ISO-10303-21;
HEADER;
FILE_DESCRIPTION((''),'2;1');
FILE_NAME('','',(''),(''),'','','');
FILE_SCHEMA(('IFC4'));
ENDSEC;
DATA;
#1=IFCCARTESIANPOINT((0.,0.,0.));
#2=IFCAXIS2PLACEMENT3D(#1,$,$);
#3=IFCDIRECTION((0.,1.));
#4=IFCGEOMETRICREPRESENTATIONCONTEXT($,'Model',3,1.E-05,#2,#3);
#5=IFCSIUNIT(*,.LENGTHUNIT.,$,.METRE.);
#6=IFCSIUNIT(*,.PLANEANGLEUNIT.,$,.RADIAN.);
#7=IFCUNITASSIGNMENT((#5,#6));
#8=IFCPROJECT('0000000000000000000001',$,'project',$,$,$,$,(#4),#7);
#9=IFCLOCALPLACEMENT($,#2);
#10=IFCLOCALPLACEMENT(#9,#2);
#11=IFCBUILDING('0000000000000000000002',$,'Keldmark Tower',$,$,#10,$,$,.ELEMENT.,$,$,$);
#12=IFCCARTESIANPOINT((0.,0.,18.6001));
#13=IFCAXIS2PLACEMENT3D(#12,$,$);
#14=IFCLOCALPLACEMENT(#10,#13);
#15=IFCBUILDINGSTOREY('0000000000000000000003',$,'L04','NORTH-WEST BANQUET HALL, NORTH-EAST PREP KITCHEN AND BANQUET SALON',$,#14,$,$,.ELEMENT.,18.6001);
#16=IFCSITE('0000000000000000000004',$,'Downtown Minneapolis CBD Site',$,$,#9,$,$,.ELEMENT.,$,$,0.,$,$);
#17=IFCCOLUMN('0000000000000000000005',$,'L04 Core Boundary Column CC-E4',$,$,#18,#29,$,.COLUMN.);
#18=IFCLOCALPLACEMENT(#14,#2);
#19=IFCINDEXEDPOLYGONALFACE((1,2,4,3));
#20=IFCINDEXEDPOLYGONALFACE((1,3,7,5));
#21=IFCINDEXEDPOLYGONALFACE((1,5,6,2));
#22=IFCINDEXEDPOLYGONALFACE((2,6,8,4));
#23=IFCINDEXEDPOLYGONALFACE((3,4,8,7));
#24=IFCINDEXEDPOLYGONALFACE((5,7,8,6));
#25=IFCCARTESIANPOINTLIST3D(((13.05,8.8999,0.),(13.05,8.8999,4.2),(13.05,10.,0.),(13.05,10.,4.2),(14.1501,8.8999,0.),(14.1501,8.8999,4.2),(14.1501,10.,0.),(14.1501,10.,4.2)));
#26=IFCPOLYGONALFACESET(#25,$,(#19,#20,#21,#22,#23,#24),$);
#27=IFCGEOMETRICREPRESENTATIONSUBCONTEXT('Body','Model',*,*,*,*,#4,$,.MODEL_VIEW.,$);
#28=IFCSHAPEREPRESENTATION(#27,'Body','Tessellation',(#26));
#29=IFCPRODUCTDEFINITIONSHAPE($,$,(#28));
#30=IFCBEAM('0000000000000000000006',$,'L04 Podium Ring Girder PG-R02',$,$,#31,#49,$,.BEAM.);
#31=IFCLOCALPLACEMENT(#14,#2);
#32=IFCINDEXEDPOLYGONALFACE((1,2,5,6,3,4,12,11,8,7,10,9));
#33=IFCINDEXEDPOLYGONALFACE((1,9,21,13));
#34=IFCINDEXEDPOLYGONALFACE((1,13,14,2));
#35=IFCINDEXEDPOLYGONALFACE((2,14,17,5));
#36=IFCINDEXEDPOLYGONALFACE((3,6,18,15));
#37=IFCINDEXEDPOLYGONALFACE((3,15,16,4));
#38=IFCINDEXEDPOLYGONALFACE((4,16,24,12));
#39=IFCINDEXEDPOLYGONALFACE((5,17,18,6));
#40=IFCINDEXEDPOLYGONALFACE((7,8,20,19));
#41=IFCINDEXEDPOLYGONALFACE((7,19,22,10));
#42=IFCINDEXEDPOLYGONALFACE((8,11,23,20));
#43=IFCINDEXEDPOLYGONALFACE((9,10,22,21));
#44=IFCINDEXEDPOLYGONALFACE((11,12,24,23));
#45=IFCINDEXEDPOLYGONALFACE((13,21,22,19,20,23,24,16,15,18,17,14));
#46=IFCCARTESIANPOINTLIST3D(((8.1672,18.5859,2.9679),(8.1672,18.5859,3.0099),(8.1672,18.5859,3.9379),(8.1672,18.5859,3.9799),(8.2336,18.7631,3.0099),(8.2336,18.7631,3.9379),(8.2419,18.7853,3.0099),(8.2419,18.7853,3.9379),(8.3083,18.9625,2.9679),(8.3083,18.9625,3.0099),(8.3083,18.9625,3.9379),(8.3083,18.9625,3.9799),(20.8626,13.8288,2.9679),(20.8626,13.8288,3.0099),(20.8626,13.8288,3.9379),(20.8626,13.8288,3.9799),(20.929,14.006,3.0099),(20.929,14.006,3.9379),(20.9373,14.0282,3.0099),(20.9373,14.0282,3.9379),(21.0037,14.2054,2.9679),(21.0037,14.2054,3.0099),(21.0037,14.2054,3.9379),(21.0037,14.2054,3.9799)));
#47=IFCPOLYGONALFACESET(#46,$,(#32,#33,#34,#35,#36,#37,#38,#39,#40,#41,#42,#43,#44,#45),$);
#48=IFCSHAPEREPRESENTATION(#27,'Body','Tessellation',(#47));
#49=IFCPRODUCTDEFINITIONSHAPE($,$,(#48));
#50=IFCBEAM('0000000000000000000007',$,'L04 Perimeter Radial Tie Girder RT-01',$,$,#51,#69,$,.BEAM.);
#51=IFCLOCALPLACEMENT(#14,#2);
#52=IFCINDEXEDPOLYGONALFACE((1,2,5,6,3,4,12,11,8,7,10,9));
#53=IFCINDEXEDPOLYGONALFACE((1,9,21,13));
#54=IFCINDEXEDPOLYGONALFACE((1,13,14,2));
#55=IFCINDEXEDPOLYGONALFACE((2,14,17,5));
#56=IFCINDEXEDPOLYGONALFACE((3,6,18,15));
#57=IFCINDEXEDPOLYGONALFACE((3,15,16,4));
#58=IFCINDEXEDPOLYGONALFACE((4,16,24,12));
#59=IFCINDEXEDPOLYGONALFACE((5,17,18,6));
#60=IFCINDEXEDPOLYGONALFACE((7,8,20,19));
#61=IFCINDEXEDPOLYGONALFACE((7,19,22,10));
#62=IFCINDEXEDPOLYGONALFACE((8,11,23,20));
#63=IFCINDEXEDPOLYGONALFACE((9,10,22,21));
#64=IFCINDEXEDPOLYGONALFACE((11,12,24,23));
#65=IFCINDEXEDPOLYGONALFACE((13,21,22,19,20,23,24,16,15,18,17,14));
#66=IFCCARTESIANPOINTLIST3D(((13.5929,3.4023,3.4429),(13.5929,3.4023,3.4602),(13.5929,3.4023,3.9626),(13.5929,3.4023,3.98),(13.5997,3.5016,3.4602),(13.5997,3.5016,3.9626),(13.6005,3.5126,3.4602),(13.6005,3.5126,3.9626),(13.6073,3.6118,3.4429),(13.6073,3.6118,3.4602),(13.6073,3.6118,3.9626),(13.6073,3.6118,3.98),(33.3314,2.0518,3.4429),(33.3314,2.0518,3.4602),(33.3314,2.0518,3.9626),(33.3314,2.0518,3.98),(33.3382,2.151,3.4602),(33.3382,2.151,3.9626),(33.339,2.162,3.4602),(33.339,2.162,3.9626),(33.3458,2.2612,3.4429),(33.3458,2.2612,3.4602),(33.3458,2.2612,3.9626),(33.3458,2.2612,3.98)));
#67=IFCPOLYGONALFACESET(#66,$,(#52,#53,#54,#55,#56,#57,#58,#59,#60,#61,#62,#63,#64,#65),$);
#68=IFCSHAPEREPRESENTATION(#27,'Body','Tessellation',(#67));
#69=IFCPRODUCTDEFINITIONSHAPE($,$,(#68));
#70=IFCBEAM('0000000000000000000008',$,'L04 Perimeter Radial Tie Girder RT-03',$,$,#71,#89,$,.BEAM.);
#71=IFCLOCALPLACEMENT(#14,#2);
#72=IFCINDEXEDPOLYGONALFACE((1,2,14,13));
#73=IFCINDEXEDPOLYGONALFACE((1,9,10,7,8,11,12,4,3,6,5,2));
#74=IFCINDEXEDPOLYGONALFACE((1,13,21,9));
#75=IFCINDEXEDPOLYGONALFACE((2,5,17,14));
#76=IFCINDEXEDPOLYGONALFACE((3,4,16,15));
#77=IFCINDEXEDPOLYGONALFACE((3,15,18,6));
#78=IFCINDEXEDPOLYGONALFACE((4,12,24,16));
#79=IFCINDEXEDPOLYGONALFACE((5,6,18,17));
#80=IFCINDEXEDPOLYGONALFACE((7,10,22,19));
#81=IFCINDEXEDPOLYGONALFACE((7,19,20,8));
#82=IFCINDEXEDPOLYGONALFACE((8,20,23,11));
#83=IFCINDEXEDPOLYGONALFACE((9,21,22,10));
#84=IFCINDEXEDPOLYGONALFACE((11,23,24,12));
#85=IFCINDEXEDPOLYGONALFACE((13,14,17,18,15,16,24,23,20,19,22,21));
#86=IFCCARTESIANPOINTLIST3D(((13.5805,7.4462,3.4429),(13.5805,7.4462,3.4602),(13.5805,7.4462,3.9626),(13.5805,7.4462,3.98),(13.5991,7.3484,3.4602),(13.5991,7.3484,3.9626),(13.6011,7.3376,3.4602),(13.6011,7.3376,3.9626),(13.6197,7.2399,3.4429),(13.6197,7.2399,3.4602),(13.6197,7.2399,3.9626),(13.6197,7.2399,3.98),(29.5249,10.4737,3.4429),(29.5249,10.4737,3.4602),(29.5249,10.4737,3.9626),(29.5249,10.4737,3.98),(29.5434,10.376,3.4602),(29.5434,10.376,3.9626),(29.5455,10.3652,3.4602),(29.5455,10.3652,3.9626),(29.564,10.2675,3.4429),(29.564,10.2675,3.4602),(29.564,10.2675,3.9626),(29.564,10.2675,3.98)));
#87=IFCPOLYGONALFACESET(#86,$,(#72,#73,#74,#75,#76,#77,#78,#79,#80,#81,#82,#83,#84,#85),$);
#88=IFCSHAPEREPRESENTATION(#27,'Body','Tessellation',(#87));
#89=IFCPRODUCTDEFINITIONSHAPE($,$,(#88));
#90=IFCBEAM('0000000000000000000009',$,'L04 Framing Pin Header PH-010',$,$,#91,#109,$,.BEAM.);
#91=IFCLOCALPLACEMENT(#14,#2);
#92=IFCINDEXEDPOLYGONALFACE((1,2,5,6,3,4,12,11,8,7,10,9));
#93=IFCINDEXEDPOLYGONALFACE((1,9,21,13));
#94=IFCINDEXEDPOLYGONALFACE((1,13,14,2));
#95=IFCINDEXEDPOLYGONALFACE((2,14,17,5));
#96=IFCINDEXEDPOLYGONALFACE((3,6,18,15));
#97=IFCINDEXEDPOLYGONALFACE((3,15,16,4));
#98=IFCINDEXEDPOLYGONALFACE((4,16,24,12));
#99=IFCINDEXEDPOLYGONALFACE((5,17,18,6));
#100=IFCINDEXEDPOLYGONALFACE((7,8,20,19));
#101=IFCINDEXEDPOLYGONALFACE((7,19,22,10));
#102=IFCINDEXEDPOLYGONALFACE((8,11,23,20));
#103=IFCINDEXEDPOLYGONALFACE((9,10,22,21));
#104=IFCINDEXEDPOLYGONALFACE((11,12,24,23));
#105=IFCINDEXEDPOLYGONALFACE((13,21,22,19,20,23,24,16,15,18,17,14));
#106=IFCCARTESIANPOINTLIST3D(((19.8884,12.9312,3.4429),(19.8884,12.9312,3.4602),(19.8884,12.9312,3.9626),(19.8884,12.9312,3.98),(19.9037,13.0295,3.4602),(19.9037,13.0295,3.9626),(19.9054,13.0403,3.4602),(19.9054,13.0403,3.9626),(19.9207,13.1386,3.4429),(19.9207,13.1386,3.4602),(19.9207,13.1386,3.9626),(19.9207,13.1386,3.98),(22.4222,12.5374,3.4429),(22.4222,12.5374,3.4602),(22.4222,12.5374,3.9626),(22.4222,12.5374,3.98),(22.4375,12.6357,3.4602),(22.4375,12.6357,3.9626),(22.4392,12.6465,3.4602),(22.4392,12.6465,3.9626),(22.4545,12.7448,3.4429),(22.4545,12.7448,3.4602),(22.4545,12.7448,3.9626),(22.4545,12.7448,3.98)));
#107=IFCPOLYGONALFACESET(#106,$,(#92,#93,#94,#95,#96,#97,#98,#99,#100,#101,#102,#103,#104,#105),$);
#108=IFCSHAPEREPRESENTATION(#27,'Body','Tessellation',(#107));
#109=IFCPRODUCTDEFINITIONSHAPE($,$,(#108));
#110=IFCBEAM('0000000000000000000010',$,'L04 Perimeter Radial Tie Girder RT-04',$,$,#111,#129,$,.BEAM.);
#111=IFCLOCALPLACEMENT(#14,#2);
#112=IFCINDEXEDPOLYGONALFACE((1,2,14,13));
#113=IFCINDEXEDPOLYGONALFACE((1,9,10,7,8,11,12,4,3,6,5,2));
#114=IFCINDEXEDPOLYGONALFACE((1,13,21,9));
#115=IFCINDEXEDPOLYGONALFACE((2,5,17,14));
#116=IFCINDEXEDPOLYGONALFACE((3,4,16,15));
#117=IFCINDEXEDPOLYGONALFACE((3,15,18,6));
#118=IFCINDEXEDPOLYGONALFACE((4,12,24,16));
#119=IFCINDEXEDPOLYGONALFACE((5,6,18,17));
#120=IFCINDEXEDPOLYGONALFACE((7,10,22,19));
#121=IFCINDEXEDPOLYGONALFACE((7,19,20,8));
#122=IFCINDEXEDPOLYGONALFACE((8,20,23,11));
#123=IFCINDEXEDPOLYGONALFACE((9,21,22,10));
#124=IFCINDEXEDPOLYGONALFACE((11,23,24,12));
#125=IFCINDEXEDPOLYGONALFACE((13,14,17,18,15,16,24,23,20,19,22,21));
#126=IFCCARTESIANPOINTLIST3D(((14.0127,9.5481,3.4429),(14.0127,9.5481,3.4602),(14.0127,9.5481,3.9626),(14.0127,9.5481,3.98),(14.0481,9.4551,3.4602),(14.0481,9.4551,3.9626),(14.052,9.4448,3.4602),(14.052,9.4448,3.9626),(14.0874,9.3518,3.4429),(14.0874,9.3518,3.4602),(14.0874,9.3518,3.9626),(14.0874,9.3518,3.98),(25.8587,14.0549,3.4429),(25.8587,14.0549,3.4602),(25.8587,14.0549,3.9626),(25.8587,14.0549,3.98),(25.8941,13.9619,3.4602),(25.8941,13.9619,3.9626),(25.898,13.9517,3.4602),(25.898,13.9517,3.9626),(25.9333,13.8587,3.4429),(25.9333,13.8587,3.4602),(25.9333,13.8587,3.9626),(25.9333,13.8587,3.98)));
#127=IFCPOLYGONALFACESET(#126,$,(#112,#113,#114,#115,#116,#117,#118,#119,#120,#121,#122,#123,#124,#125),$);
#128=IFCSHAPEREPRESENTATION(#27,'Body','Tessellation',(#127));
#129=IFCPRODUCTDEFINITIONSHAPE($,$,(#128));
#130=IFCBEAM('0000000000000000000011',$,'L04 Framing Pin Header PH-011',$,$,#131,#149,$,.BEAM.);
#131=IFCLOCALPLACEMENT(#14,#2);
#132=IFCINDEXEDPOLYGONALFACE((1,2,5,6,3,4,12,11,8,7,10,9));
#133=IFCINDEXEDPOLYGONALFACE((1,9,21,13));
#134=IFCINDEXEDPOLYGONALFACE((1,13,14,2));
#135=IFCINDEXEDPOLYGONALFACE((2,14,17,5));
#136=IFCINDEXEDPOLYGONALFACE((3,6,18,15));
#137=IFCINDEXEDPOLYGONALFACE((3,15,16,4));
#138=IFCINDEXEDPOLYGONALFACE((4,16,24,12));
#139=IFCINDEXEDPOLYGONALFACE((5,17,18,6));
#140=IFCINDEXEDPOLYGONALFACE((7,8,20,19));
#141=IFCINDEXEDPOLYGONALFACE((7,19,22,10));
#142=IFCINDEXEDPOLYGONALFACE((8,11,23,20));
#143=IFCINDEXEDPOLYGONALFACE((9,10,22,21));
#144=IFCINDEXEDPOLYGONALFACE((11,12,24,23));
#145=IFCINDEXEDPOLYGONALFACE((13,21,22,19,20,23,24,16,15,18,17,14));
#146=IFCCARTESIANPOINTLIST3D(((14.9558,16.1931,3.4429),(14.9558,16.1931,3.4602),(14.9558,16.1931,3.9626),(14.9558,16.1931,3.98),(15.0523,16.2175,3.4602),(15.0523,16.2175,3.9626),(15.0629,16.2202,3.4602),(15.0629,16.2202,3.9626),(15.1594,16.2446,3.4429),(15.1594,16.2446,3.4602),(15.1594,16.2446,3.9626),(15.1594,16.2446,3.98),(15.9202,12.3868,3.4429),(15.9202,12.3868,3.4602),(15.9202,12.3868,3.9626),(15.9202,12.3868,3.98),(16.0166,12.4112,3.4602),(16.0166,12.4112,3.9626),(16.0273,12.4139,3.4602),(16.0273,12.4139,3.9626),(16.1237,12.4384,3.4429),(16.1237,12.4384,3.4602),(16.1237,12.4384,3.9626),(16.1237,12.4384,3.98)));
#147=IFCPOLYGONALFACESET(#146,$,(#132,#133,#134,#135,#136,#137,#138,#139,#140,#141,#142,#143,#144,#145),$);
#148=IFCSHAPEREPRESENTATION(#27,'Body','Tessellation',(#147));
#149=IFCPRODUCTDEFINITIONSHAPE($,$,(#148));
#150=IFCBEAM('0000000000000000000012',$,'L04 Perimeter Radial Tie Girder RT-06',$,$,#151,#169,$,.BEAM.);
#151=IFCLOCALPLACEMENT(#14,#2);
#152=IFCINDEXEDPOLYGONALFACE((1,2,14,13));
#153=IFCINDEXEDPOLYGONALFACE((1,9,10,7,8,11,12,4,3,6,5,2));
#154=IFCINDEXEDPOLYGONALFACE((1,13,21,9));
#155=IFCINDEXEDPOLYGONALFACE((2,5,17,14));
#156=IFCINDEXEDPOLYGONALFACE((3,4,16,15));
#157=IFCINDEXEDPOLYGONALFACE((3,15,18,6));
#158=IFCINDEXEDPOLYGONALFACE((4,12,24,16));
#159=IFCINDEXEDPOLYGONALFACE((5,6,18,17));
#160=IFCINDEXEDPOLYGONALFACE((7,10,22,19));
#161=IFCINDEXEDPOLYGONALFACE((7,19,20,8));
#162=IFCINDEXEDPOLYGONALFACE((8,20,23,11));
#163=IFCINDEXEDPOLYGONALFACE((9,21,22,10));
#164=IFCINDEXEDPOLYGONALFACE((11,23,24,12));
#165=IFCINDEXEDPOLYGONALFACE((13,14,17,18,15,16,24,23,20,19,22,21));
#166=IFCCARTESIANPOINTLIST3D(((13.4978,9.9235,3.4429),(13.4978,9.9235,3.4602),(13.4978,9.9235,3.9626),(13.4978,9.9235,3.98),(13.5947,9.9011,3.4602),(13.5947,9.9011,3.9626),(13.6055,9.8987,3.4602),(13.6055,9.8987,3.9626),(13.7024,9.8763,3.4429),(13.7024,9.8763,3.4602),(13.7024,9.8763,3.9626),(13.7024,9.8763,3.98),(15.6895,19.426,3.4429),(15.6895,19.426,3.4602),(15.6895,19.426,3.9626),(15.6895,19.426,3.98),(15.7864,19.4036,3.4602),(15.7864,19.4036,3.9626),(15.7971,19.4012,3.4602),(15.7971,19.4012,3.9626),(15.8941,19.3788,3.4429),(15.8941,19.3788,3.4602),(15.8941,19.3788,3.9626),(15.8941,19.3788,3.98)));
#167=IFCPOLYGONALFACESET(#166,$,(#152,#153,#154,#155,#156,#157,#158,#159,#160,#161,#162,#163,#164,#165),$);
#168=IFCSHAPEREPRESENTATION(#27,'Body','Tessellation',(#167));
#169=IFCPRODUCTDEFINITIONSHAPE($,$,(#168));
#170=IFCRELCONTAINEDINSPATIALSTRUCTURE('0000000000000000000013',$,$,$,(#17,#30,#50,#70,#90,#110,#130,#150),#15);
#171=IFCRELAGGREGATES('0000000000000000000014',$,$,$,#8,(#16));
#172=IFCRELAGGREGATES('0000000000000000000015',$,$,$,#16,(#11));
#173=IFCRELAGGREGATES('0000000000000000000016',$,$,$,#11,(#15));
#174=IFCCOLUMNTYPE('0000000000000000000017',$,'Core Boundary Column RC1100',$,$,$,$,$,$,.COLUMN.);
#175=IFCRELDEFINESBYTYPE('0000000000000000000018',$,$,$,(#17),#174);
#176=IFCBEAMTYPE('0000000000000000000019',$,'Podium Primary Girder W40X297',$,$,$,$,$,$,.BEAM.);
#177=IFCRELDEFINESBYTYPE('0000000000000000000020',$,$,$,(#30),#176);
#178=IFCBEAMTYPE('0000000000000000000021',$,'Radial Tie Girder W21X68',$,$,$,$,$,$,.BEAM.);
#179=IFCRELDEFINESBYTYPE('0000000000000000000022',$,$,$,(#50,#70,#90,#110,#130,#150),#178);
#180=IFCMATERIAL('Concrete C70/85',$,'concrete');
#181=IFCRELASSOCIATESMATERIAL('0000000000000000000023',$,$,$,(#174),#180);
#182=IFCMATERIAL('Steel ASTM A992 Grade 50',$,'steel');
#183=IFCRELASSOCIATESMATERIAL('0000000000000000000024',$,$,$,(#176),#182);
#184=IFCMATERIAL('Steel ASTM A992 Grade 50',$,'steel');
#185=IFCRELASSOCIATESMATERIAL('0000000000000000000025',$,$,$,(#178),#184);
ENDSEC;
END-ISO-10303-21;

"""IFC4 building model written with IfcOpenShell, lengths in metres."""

from ifc_helpers import new_model, si_unit, direction, frame, origin, origin_2d, place, context, subcontext, project, spatial, rectangle, i_section, extrude, material, material_profile, profile_set, type_object, element, save


model = new_model("IFC4")

# Units and contexts
model_context = context("Model", 3, precision=1e-05, world=origin(), true_north=direction((0.0, 1.0)))
body_context = subcontext(model_context, "Body", "Model", "MODEL_VIEW")
ifc_project = project(units=[si_unit("LENGTHUNIT", "METRE"), si_unit("PLANEANGLEUNIT", "RADIAN")], contexts=[model_context])

# Site, building, storey
site_placement = place(None, origin())
site = spatial("IfcSite", under=ifc_project, at=site_placement, Name="Downtown Minneapolis CBD Site", CompositionType="ELEMENT", RefElevation=0.0)
building_placement = place(site_placement, origin())
building = spatial("IfcBuilding", under=site, at=building_placement, Name="Keldmark Tower", CompositionType="ELEMENT")
storey_placement = place(building_placement, frame((0.0, 0.0, 18.6001)))
storey = spatial("IfcBuildingStorey", under=building, at=storey_placement, Name="L04", Description="NORTH-WEST BANQUET HALL, NORTH-EAST PREP KITCHEN AND BANQUET SALON", CompositionType="ELEMENT", Elevation=18.6001)

# Column
ifc_material_1 = material(Name="Concrete C70/85", Category="concrete")
ifc_material_profile_1 = material_profile(ifc_material_1, rectangle(XDim=1.1001, YDim=1.1001, at=origin_2d()), Name="RC1100X1100")
ifc_profile_set_1 = profile_set([ifc_material_profile_1], Name="Concrete C70/85")
column_type = type_object("IfcColumnType", Name="Core Boundary Column RC1100", PredefinedType="COLUMN", material=ifc_profile_set_1)
column_placement = place(storey_placement, frame((13.6001, 9.45, 0.0), z_axis=(0.0, 0.0, 1.0), x_axis=(1.0, 0.0, 0.0)))
element("IfcColumn", 1, at=column_placement, inside=storey, type_object=column_type, Name="L04 Core Boundary Column CC-E4", PredefinedType="COLUMN", context=body_context, shape_type="SweptSolid", body=[
    extrude(rectangle(XDim=1.1001, YDim=1.1001, at=origin_2d()), origin(), (0.0, 0.0, 1.0), 4.2),
])

# Beams
ifc_material_2 = material(Name="Steel ASTM A992 Grade 50", Category="steel")
ifc_material_profile_2 = material_profile(ifc_material_2, i_section(OverallWidth=0.4021, OverallDepth=1.012, WebThickness=0.0237, FlangeThickness=0.042, at=origin_2d()), Name="W40X297")
ifc_profile_set_2 = profile_set([ifc_material_profile_2], Name="Steel ASTM A992 Grade 50")
beam_type_1 = type_object("IfcBeamType", Name="Podium Primary Girder W40X297", PredefinedType="BEAM", material=ifc_profile_set_2)
beam_1_placement = place(storey_placement, frame((20.9331, 14.0171, 3.4739), z_axis=(-0.936418, 0.350887, 0.0), x_axis=(-0.350887, -0.936418, 0.0)))
element("IfcBeam", 2, at=beam_1_placement, inside=storey, type_object=beam_type_1, Name="L04 Podium Ring Girder PG-R02", PredefinedType="BEAM", context=body_context, shape_type="SweptSolid", body=[
    extrude(i_section(OverallWidth=0.4021, OverallDepth=1.012, WebThickness=0.0237, FlangeThickness=0.042, at=origin_2d()), origin(), (0.0, 0.0, 1.0), 13.5574),
])
ifc_material_3 = material(Name="Steel ASTM A992 Grade 50", Category="steel")
ifc_material_profile_3 = material_profile(ifc_material_3, i_section(OverallWidth=0.21, OverallDepth=0.5371, WebThickness=0.011, FlangeThickness=0.0173, at=origin_2d()), Name="W21X68")
ifc_profile_set_3 = profile_set([ifc_material_profile_3], Name="Steel ASTM A992 Grade 50")
beam_type_2 = type_object("IfcBeamType", Name="Radial Tie Girder W21X68", PredefinedType="BEAM", material=ifc_profile_set_3)
beam_2_placement = place(storey_placement, frame((13.6001, 3.5071, 3.7114), z_axis=(0.997667, -0.068264, 0.0), x_axis=(0.068264, 0.997667, 0.0)))
element("IfcBeam", 3, at=beam_2_placement, inside=storey, type_object=beam_type_2, Name="L04 Perimeter Radial Tie Girder RT-01", PredefinedType="BEAM", context=body_context, shape_type="SweptSolid", body=[
    extrude(i_section(OverallWidth=0.21, OverallDepth=0.5371, WebThickness=0.011, FlangeThickness=0.0173, at=origin_2d()), origin(), (0.0, 0.0, 1.0), 19.7847),
])
beam_3_placement = place(storey_placement, frame((13.6001, 7.343, 3.7114), z_axis=(0.982445, 0.186551, 0.0), x_axis=(-0.186551, 0.982445, 0.0)))
element("IfcBeam", 4, at=beam_3_placement, inside=storey, type_object=beam_type_2, Name="L04 Perimeter Radial Tie Girder RT-03", PredefinedType="BEAM", context=body_context, shape_type="SweptSolid", body=[
    extrude(i_section(OverallWidth=0.21, OverallDepth=0.5371, WebThickness=0.011, FlangeThickness=0.0173, at=origin_2d()), origin(), (0.0, 0.0, 1.0), 16.2292),
])
beam_4_placement = place(storey_placement, frame((19.9045, 13.0349, 3.7114), z_axis=(0.988136, -0.153581, 0.0), x_axis=(0.153581, 0.988136, 0.0)))
element("IfcBeam", 5, at=beam_4_placement, inside=storey, type_object=beam_type_2, Name="L04 Framing Pin Header PH-010", PredefinedType="BEAM", context=body_context, shape_type="SweptSolid", body=[
    extrude(i_section(OverallWidth=0.21, OverallDepth=0.5371, WebThickness=0.011, FlangeThickness=0.0173, at=origin_2d()), origin(), (0.0, 0.0, 1.0), 2.5642),
])
beam_5_placement = place(storey_placement, frame((14.05, 9.45, 3.7114), z_axis=(0.934643, 0.355588, 0.0), x_axis=(-0.355588, 0.934643, 0.0)))
element("IfcBeam", 6, at=beam_5_placement, inside=storey, type_object=beam_type_2, Name="L04 Perimeter Radial Tie Girder RT-04", PredefinedType="BEAM", context=body_context, shape_type="SweptSolid", body=[
    extrude(i_section(OverallWidth=0.21, OverallDepth=0.5371, WebThickness=0.011, FlangeThickness=0.0173, at=origin_2d()), origin(), (0.0, 0.0, 1.0), 12.6743),
])
beam_6_placement = place(storey_placement, frame((16.022, 12.4126, 3.7114), z_axis=(-0.245607, 0.96937, 0.0), x_axis=(-0.96937, -0.245607, 0.0)))
element("IfcBeam", 7, at=beam_6_placement, inside=storey, type_object=beam_type_2, Name="L04 Framing Pin Header PH-011", PredefinedType="BEAM", context=body_context, shape_type="SweptSolid", body=[
    extrude(i_section(OverallWidth=0.21, OverallDepth=0.5371, WebThickness=0.011, FlangeThickness=0.0173, at=origin_2d()), origin(), (0.0, 0.0, 1.0), 3.9265),
])
beam_7_placement = place(storey_placement, frame((13.6001, 9.8999, 3.7114), z_axis=(0.224741, 0.974419, 0.0), x_axis=(-0.974419, 0.224741, 0.0)))
element("IfcBeam", 8, at=beam_7_placement, inside=storey, type_object=beam_type_2, Name="L04 Perimeter Radial Tie Girder RT-06", PredefinedType="BEAM", context=body_context, shape_type="SweptSolid", body=[
    extrude(i_section(OverallWidth=0.21, OverallDepth=0.5371, WebThickness=0.011, FlangeThickness=0.0173, at=origin_2d()), origin(), (0.0, 0.0, 1.0), 9.752),
])

save(model, "model.ifc")
